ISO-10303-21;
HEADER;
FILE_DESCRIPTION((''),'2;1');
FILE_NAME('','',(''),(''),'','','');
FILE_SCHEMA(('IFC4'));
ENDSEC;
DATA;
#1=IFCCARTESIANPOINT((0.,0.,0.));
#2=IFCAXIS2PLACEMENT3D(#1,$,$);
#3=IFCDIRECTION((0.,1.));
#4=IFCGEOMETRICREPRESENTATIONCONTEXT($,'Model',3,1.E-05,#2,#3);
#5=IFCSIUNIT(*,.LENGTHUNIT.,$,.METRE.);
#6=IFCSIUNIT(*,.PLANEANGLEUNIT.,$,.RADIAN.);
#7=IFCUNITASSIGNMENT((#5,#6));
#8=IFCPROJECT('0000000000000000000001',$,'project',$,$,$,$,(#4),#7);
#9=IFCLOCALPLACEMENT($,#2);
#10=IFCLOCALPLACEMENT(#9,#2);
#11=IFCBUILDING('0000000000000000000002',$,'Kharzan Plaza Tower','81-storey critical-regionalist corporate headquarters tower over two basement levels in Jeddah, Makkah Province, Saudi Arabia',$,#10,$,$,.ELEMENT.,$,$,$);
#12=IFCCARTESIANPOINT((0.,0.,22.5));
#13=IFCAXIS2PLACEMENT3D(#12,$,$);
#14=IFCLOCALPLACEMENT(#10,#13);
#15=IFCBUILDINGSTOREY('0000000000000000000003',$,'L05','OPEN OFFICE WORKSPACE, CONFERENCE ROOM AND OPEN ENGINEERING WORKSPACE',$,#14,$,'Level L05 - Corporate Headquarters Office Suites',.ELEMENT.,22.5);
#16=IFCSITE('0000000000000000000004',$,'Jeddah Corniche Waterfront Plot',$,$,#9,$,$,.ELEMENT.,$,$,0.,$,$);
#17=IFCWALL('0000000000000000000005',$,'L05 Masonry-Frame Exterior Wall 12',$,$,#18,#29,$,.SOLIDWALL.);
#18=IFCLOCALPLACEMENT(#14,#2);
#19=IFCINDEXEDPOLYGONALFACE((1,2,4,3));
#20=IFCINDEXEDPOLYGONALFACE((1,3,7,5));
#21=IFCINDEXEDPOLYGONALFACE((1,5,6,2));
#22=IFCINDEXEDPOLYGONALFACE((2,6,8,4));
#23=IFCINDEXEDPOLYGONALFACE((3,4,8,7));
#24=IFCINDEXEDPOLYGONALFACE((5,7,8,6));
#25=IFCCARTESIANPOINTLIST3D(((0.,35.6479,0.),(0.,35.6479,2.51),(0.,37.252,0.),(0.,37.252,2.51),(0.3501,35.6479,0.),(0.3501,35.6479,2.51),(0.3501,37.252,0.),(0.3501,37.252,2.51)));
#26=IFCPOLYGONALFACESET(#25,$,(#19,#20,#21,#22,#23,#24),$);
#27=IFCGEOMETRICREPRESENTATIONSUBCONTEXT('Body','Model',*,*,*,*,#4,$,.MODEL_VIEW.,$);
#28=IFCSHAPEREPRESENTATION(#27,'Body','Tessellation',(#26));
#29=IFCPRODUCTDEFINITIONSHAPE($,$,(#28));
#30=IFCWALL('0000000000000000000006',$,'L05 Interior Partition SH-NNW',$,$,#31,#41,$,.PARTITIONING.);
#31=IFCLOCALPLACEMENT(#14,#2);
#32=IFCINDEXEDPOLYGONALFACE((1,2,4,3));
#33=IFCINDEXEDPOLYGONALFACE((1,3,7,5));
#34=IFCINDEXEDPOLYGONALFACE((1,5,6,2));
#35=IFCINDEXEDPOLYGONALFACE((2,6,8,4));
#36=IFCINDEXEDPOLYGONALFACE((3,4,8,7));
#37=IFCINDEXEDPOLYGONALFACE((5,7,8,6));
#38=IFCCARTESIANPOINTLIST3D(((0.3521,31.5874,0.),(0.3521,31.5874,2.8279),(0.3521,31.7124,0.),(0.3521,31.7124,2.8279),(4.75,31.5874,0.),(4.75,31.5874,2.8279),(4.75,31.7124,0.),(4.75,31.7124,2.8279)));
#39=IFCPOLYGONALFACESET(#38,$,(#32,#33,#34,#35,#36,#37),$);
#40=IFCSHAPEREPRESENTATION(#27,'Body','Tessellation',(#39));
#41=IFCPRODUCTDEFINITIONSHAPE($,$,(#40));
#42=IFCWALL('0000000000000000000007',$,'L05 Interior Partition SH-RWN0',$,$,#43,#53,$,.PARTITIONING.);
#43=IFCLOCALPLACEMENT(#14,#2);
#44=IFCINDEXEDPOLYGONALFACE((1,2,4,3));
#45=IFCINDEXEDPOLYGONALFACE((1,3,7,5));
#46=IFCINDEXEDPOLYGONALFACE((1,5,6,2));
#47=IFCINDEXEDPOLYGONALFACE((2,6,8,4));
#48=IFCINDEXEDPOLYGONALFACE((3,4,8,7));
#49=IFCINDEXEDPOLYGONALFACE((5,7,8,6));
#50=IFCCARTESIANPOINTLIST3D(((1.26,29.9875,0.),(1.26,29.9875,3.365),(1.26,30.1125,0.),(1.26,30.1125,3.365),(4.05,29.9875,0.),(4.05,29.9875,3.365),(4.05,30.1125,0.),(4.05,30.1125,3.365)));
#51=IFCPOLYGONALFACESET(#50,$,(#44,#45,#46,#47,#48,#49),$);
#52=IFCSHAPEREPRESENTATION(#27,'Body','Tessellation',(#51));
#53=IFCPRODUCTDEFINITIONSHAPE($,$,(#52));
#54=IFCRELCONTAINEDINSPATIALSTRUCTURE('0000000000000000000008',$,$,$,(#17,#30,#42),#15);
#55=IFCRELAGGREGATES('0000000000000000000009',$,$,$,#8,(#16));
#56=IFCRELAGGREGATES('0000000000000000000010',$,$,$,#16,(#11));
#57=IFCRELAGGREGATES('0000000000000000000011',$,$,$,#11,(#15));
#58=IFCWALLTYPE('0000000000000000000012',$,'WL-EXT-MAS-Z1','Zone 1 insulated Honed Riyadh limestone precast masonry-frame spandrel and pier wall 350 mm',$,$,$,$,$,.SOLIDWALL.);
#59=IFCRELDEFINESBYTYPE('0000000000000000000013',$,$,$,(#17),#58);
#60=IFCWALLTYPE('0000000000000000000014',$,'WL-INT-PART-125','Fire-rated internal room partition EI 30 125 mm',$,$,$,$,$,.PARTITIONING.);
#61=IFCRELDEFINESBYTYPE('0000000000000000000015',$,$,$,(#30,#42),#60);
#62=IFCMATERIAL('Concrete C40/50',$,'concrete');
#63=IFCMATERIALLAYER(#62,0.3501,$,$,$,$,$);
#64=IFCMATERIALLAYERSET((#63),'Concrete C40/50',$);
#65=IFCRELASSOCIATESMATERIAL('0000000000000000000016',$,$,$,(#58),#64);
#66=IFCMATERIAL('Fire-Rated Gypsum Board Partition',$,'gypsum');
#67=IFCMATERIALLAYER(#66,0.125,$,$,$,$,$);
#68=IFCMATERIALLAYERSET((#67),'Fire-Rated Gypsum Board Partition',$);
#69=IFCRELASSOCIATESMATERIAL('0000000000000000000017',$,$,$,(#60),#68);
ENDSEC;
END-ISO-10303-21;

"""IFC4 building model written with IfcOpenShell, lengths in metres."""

from ifc_helpers import new_model, si_unit, direction, frame, frame_2d, origin, place, context, subcontext, project, spatial, rectangle, extrude, source, transform, mapped, material, layer, layer_set, type_object, element, save


model = new_model("IFC4")

# Units and contexts
model_context = context("Model", 3, precision=1e-05, world=origin(), true_north=direction((0.0, 1.0)))
body_context = subcontext(model_context, "Body", "Model", "MODEL_VIEW")
ifc_project = project(units=[si_unit("LENGTHUNIT", "METRE"), si_unit("PLANEANGLEUNIT", "RADIAN")], contexts=[model_context])

# Site, building, storey
site_placement = place(None, origin())
site = spatial("IfcSite", under=ifc_project, at=site_placement, Name="Jeddah Corniche Waterfront Plot", CompositionType="ELEMENT", RefElevation=0.0)
building_placement = place(site_placement, origin())
building = spatial("IfcBuilding", under=site, at=building_placement, Name="Kharzan Plaza Tower", Description="81-storey critical-regionalist corporate headquarters tower over two basement levels in Jeddah, Makkah Province, Saudi Arabia", CompositionType="ELEMENT")
storey_placement = place(building_placement, frame((0.0, 0.0, 22.5)))
storey = spatial("IfcBuildingStorey", under=building, at=storey_placement, Name="L05", Description="OPEN OFFICE WORKSPACE, CONFERENCE ROOM AND OPEN ENGINEERING WORKSPACE", LongName="Level L05 - Corporate Headquarters Office Suites", CompositionType="ELEMENT", Elevation=22.5)

# Shared definitions
ifc_material_1 = material(Name="Concrete C40/50", Category="concrete")
ifc_layer_1 = layer(ifc_material_1, 0.3501)
ifc_layer_set_1 = layer_set([ifc_layer_1], Name="Concrete C40/50")
wall_type_1 = type_object("IfcWallType", Name="WL-EXT-MAS-Z1", Description="Zone 1 insulated Honed Riyadh limestone precast masonry-frame spandrel and pier wall 350 mm", PredefinedType="SOLIDWALL", material=ifc_layer_set_1)

# Walls
shared_shape_1 = source(origin(), body_context, "Body", "SweptSolid", [
    extrude(rectangle(XDim=1.604, YDim=0.3501, at=frame_2d((0.802, 0.0))), origin(), (0.0, 0.0, 1.0), 2.51),
])
wall_1_placement = place(storey_placement, frame((0.175, 37.252, 0.0), z_axis=(0.0, 0.0, 1.0), x_axis=(0.0, -1.0, 0.0)))
element("IfcWall", 1, at=wall_1_placement, inside=storey, type_object=wall_type_1, Name="L05 Masonry-Frame Exterior Wall 12", PredefinedType="SOLIDWALL", context=body_context, shape_type="MappedRepresentation", body=[
    mapped(shared_shape_1, transform((0.0, 0.0, 0.0), x_axis=(1.0, 0.0, 0.0), y_axis=(0.0, 1.0, 0.0), z_axis=(0.0, 0.0, 1.0))),
])
ifc_material_2 = material(Name="Fire-Rated Gypsum Board Partition", Category="gypsum")
ifc_layer_2 = layer(ifc_material_2, 0.125)
ifc_layer_set_2 = layer_set([ifc_layer_2], Name="Fire-Rated Gypsum Board Partition")
wall_type_2 = type_object("IfcWallType", Name="WL-INT-PART-125", Description="Fire-rated internal room partition EI 30 125 mm", PredefinedType="PARTITIONING", material=ifc_layer_set_2)
shared_shape_2 = source(origin(), body_context, "Body", "SweptSolid", [
    extrude(rectangle(XDim=4.3979, YDim=0.125, at=frame_2d((2.199, 0.0))), origin(), (0.0, 0.0, 1.0), 2.8279),
])
wall_2_placement = place(storey_placement, frame((0.3521, 31.6499, 0.0), z_axis=(0.0, 0.0, 1.0), x_axis=(1.0, 0.0, 0.0)))
element("IfcWall", 2, at=wall_2_placement, inside=storey, type_object=wall_type_2, Name="L05 Interior Partition SH-NNW", PredefinedType="PARTITIONING", context=body_context, shape_type="MappedRepresentation", body=[
    mapped(shared_shape_2, transform((0.0, 0.0, 0.0), x_axis=(1.0, 0.0, 0.0), y_axis=(0.0, 1.0, 0.0), z_axis=(0.0, 0.0, 1.0))),
])
shared_shape_3 = source(origin(), body_context, "Body", "SweptSolid", [
    extrude(rectangle(XDim=2.79, YDim=0.125, at=frame_2d((1.395, 0.0))), origin(), (0.0, 0.0, 1.0), 3.365),
])
wall_3_placement = place(storey_placement, frame((1.26, 30.05, 0.0), z_axis=(0.0, 0.0, 1.0), x_axis=(1.0, 0.0, 0.0)))
element("IfcWall", 3, at=wall_3_placement, inside=storey, type_object=wall_type_2, Name="L05 Interior Partition SH-RWN0", PredefinedType="PARTITIONING", context=body_context, shape_type="MappedRepresentation", body=[
    mapped(shared_shape_3, transform((0.0, 0.0, 0.0), x_axis=(1.0, 0.0, 0.0), y_axis=(0.0, 1.0, 0.0), z_axis=(0.0, 0.0, 1.0))),
])

save(model, "model.ifc")
